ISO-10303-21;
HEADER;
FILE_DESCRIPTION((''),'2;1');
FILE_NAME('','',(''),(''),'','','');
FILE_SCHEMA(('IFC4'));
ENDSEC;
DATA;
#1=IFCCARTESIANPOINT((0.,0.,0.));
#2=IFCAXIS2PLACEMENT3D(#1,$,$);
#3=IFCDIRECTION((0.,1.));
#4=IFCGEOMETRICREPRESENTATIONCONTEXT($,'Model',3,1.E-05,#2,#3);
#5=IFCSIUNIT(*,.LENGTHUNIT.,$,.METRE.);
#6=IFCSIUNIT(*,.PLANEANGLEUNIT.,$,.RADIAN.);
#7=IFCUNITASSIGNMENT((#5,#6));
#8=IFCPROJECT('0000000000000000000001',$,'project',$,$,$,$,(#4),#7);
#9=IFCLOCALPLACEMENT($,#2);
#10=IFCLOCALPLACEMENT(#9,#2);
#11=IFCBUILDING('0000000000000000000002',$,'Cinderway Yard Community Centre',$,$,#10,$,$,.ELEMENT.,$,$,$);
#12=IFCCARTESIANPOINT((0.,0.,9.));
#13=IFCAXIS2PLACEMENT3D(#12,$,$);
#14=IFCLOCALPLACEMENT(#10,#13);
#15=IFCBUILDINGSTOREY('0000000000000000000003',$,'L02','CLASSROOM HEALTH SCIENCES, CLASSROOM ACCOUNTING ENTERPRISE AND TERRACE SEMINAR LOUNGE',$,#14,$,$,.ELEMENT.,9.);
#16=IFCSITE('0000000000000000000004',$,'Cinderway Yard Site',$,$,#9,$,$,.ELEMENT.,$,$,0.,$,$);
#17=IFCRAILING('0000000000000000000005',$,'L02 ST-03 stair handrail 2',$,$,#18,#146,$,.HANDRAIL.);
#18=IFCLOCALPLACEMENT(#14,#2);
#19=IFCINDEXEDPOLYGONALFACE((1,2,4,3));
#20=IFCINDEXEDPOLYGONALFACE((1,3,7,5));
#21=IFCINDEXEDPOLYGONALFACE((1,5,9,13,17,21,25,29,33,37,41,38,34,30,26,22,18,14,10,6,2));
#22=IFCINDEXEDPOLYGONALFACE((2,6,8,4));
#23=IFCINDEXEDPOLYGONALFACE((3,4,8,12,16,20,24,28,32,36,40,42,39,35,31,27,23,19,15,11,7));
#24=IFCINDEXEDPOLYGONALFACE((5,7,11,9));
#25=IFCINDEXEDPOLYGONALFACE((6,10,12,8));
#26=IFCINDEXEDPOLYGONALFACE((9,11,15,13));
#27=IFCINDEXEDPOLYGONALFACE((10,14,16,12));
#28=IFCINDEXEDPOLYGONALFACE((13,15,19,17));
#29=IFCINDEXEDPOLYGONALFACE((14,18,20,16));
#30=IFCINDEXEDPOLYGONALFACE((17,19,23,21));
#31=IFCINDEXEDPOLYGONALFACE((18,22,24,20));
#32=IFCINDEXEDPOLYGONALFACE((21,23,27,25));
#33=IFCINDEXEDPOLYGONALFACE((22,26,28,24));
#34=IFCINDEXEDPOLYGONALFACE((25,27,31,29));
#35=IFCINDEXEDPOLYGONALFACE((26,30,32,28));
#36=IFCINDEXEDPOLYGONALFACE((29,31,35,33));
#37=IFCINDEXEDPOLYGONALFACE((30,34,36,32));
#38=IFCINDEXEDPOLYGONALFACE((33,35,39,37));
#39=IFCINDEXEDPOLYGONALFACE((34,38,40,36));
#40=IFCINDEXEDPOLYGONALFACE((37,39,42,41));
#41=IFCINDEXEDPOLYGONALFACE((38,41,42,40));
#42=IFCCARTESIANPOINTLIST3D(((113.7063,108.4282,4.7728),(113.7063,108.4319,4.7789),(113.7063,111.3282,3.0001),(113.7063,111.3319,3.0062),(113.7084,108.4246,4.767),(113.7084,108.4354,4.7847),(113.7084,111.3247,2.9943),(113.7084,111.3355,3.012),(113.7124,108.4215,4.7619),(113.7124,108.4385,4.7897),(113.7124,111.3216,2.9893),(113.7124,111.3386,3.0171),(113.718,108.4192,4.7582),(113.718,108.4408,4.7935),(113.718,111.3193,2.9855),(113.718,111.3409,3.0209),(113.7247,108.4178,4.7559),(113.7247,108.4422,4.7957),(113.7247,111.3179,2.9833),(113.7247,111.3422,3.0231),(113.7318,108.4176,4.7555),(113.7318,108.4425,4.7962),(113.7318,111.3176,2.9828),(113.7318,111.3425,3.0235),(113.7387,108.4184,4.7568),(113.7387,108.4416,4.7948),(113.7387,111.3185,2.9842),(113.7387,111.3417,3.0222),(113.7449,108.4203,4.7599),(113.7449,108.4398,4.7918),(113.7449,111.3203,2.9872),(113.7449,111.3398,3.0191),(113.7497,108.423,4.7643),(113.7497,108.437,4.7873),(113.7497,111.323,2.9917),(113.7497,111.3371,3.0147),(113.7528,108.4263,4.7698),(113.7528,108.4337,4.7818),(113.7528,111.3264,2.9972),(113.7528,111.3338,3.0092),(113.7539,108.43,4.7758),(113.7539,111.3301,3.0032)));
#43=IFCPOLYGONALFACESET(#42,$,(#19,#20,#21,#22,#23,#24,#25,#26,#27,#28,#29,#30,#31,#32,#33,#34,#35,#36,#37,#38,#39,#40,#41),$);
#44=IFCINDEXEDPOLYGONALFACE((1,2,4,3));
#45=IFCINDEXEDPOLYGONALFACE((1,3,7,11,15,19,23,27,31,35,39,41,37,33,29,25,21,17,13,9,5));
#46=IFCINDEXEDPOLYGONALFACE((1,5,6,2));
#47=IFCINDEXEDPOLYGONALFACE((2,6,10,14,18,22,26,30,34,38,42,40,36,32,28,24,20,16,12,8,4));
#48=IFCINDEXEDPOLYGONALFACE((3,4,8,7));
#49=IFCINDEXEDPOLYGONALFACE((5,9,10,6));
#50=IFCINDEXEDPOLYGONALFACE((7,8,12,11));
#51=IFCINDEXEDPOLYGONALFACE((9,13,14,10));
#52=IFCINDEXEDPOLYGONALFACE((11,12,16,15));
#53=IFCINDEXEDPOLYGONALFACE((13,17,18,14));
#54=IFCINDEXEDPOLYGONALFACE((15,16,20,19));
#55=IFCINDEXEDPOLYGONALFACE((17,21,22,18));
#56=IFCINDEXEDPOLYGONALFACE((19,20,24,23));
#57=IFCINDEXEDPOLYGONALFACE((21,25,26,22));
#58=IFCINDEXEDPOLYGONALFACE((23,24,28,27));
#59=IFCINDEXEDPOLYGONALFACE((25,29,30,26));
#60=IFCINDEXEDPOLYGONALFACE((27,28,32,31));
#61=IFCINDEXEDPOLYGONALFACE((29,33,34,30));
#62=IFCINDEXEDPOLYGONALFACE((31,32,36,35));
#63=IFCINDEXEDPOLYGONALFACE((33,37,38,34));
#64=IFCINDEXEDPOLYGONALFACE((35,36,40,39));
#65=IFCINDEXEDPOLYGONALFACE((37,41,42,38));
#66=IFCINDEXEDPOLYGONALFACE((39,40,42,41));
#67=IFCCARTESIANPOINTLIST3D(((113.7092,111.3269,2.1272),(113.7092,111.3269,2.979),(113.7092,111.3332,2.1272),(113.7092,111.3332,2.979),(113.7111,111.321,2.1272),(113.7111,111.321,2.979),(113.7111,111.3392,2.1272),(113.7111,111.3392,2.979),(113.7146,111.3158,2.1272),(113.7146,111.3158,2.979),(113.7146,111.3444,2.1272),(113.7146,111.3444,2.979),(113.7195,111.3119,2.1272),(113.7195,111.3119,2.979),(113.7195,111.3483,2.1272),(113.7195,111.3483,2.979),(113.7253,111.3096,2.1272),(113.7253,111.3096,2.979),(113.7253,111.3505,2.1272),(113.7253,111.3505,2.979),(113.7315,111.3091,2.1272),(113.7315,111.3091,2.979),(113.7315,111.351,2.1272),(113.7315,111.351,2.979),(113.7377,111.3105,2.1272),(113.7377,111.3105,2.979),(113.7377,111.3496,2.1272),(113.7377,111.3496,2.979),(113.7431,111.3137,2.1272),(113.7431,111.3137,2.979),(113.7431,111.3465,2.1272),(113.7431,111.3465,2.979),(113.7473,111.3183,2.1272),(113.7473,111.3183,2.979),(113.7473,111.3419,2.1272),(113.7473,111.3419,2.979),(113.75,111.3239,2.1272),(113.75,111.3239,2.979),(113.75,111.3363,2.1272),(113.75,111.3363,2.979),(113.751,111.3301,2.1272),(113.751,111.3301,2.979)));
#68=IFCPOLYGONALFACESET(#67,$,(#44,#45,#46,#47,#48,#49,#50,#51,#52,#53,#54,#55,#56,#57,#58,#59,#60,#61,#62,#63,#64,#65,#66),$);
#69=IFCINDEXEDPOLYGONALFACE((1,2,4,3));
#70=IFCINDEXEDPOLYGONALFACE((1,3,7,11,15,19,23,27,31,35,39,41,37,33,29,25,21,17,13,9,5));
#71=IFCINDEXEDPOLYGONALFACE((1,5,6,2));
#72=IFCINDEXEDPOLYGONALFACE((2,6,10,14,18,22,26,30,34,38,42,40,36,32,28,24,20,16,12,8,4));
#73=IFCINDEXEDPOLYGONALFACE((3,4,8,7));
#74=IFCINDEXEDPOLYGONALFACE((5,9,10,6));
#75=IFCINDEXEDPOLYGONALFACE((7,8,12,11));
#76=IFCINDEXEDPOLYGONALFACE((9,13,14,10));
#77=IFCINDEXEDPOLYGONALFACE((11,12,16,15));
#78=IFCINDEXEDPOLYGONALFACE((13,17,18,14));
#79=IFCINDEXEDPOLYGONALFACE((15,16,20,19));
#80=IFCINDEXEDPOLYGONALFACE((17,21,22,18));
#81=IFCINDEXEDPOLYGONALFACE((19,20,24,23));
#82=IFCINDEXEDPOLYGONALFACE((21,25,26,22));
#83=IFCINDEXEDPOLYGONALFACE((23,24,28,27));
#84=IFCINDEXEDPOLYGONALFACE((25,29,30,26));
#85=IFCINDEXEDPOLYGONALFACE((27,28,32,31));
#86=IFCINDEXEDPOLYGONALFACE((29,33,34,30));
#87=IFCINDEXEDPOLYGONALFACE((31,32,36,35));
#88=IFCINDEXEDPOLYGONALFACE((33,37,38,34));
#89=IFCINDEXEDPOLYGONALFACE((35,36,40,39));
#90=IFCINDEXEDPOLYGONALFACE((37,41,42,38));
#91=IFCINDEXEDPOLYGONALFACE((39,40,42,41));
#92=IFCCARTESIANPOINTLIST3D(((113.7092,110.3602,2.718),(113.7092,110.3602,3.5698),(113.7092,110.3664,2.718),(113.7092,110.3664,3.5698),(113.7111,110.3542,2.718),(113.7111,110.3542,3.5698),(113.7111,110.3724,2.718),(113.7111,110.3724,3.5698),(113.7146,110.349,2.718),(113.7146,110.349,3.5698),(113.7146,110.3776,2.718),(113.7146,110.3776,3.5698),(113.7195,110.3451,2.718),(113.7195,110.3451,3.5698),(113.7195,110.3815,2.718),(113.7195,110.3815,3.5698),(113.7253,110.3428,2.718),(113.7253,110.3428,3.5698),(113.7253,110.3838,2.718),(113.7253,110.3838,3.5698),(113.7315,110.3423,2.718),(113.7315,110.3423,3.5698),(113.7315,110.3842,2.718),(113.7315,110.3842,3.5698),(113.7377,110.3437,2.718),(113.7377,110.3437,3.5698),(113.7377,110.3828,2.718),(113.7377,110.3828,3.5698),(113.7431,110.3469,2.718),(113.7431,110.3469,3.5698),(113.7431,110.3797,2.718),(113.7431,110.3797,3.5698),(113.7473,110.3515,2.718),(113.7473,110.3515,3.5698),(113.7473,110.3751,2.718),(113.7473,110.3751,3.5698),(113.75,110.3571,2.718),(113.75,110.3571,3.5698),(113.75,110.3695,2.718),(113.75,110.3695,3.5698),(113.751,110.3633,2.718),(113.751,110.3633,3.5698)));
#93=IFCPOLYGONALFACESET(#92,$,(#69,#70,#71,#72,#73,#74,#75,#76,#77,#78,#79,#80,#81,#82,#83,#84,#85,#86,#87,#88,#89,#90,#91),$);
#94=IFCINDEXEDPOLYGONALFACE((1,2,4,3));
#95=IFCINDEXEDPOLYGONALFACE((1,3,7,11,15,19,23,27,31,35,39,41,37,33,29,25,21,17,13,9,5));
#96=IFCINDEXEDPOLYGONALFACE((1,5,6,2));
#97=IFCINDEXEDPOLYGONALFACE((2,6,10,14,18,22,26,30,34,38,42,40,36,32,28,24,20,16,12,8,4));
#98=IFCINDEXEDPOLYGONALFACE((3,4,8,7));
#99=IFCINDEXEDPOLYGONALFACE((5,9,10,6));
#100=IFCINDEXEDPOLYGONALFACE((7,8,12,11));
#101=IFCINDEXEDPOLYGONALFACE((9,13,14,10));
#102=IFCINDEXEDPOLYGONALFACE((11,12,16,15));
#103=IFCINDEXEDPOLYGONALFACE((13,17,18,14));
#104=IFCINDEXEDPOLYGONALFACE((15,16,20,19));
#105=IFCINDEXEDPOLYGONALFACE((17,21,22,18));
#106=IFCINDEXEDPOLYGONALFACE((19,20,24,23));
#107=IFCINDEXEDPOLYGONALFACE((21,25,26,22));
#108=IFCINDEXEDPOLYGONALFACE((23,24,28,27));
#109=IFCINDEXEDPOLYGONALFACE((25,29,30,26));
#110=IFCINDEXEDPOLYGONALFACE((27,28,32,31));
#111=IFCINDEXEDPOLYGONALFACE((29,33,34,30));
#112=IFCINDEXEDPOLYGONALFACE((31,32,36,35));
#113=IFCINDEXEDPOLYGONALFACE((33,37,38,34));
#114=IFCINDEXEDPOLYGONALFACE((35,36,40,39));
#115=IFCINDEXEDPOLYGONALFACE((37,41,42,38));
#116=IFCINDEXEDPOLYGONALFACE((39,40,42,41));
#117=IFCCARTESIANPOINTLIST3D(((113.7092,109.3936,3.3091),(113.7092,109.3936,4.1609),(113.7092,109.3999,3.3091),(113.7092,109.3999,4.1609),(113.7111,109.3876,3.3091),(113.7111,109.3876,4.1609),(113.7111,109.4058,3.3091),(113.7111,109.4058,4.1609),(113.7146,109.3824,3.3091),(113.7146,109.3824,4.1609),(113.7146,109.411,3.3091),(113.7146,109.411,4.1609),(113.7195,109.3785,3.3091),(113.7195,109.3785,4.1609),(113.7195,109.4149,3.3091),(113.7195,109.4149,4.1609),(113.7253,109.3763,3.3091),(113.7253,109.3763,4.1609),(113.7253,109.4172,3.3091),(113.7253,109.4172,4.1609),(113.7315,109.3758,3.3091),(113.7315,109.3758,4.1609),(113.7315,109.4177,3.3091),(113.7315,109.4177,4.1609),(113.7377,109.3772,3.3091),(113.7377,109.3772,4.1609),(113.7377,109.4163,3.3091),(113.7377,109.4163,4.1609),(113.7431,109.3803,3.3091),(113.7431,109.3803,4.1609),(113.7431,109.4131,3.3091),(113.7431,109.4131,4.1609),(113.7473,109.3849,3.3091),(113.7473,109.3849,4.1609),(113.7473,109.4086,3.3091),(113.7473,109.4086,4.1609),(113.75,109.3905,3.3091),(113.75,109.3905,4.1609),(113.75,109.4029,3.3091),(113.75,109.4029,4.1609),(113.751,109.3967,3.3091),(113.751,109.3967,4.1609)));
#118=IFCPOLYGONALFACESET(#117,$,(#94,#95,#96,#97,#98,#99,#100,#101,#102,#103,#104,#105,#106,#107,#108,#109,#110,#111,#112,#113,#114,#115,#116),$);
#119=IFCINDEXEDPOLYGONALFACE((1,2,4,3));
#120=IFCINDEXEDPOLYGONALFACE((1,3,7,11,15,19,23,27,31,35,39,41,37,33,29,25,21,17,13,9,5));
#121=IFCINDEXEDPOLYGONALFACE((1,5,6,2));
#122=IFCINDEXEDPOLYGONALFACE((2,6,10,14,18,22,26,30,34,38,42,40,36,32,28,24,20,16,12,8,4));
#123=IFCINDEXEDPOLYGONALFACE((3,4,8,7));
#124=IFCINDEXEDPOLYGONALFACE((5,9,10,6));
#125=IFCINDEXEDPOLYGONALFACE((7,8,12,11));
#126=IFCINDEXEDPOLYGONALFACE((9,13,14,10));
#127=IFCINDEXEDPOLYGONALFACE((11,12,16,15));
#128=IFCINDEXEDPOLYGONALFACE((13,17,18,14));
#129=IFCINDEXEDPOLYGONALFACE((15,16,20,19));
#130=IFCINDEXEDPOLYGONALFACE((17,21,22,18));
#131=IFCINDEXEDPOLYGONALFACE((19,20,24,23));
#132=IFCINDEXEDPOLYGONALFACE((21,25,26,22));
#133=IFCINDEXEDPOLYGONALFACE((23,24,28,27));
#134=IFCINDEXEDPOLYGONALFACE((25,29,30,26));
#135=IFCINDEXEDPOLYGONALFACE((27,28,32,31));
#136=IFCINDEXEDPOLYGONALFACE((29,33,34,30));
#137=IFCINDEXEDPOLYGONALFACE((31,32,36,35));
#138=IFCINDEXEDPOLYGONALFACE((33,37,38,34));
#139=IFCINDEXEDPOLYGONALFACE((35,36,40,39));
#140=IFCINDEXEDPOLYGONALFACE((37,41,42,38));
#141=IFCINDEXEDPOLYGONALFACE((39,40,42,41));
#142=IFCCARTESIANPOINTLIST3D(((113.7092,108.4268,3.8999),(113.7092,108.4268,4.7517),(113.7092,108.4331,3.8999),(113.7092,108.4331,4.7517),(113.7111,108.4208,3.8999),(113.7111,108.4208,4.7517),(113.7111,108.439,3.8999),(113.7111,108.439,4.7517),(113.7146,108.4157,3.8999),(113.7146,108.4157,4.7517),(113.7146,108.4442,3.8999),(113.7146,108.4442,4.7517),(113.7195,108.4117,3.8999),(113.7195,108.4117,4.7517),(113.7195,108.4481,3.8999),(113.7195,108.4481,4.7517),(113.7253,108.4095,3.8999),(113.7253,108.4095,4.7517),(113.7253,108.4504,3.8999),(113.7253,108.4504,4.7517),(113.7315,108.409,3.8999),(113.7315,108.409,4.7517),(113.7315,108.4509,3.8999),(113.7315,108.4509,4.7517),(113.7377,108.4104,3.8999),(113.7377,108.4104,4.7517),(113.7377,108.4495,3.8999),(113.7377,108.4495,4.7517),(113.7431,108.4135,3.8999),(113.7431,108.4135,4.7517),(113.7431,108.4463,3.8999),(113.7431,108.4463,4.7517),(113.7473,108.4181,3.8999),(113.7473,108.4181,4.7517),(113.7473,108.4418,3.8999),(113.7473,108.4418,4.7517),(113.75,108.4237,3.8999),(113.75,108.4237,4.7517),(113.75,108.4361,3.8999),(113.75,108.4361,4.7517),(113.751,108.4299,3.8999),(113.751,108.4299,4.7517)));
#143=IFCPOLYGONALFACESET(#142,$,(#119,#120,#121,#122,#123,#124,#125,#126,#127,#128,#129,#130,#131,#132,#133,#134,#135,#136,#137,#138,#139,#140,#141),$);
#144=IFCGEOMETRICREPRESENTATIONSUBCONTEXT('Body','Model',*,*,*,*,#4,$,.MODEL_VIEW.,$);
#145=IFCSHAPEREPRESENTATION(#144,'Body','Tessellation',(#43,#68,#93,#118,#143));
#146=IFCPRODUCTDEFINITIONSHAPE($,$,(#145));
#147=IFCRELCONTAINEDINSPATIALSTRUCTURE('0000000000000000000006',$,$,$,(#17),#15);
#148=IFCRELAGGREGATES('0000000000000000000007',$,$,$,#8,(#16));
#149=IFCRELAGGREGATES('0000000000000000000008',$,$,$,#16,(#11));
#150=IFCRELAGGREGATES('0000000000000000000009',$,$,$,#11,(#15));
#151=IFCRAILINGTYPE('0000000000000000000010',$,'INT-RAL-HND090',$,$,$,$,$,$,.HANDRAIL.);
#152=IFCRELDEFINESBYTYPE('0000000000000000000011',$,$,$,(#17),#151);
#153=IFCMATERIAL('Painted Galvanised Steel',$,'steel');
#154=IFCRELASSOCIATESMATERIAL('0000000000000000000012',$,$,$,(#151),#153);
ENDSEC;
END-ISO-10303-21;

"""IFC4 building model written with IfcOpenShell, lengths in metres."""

from ifc_helpers import new_model, si_unit, direction, frame, origin, origin_2d, place, context, subcontext, project, spatial, circle, extrude, material, type_object, element, save


model = new_model("IFC4")

# Units and contexts
model_context = context("Model", 3, precision=1e-05, world=origin(), true_north=direction((0.0, 1.0)))
body_context = subcontext(model_context, "Body", "Model", "MODEL_VIEW")
ifc_project = project(units=[si_unit("LENGTHUNIT", "METRE"), si_unit("PLANEANGLEUNIT", "RADIAN")], contexts=[model_context])

# Site, building, storey
site_placement = place(None, origin())
site = spatial("IfcSite", under=ifc_project, at=site_placement, Name="Cinderway Yard Site", CompositionType="ELEMENT", RefElevation=0.0)
building_placement = place(site_placement, origin())
building = spatial("IfcBuilding", under=site, at=building_placement, Name="Cinderway Yard Community Centre", CompositionType="ELEMENT")
storey_placement = place(building_placement, frame((0.0, 0.0, 9.0)))
storey = spatial("IfcBuildingStorey", under=building, at=storey_placement, Name="L02", Description="CLASSROOM HEALTH SCIENCES, CLASSROOM ACCOUNTING ENTERPRISE AND TERRACE SEMINAR LOUNGE", CompositionType="ELEMENT", Elevation=9.0)

# Railing
ifc_material_1 = material(Name="Painted Galvanised Steel", Category="steel")
railing_type_1 = type_object("IfcRailingType", Name="INT-RAL-HND090", PredefinedType="HANDRAIL", material=ifc_material_1)
railing_1_placement = place(storey_placement, frame((113.73, 111.3301, 2.1272)))
element("IfcRailing", 1, at=railing_1_placement, inside=storey, type_object=railing_type_1, Name="L02 ST-03 stair handrail 2", PredefinedType="HANDRAIL", context=body_context, shape_type="SweptSolid", body=[
    extrude(circle(Radius=0.0239, at=origin_2d()), frame((0.0, 0.0, 0.876), z_axis=(0.0, -0.85323, 0.521534), x_axis=(1.0, 0.0, 0.0)), (0.0, 0.0, 1.0), 3.3989),
    extrude(circle(Radius=0.021, at=origin_2d()), origin(), (0.0, 0.0, 1.0), 0.8518),
    extrude(circle(Radius=0.021, at=origin_2d()), frame((0.0, -0.9668, 0.5908)), (0.0, 0.0, 1.0), 0.8518),
    extrude(circle(Radius=0.021, at=origin_2d()), frame((0.0, -1.9333, 1.1819)), (0.0, 0.0, 1.0), 0.8518),
    extrude(circle(Radius=0.021, at=origin_2d()), frame((0.0, -2.9001, 1.7727)), (0.0, 0.0, 1.0), 0.8518),
])

save(model, "model.ifc")
